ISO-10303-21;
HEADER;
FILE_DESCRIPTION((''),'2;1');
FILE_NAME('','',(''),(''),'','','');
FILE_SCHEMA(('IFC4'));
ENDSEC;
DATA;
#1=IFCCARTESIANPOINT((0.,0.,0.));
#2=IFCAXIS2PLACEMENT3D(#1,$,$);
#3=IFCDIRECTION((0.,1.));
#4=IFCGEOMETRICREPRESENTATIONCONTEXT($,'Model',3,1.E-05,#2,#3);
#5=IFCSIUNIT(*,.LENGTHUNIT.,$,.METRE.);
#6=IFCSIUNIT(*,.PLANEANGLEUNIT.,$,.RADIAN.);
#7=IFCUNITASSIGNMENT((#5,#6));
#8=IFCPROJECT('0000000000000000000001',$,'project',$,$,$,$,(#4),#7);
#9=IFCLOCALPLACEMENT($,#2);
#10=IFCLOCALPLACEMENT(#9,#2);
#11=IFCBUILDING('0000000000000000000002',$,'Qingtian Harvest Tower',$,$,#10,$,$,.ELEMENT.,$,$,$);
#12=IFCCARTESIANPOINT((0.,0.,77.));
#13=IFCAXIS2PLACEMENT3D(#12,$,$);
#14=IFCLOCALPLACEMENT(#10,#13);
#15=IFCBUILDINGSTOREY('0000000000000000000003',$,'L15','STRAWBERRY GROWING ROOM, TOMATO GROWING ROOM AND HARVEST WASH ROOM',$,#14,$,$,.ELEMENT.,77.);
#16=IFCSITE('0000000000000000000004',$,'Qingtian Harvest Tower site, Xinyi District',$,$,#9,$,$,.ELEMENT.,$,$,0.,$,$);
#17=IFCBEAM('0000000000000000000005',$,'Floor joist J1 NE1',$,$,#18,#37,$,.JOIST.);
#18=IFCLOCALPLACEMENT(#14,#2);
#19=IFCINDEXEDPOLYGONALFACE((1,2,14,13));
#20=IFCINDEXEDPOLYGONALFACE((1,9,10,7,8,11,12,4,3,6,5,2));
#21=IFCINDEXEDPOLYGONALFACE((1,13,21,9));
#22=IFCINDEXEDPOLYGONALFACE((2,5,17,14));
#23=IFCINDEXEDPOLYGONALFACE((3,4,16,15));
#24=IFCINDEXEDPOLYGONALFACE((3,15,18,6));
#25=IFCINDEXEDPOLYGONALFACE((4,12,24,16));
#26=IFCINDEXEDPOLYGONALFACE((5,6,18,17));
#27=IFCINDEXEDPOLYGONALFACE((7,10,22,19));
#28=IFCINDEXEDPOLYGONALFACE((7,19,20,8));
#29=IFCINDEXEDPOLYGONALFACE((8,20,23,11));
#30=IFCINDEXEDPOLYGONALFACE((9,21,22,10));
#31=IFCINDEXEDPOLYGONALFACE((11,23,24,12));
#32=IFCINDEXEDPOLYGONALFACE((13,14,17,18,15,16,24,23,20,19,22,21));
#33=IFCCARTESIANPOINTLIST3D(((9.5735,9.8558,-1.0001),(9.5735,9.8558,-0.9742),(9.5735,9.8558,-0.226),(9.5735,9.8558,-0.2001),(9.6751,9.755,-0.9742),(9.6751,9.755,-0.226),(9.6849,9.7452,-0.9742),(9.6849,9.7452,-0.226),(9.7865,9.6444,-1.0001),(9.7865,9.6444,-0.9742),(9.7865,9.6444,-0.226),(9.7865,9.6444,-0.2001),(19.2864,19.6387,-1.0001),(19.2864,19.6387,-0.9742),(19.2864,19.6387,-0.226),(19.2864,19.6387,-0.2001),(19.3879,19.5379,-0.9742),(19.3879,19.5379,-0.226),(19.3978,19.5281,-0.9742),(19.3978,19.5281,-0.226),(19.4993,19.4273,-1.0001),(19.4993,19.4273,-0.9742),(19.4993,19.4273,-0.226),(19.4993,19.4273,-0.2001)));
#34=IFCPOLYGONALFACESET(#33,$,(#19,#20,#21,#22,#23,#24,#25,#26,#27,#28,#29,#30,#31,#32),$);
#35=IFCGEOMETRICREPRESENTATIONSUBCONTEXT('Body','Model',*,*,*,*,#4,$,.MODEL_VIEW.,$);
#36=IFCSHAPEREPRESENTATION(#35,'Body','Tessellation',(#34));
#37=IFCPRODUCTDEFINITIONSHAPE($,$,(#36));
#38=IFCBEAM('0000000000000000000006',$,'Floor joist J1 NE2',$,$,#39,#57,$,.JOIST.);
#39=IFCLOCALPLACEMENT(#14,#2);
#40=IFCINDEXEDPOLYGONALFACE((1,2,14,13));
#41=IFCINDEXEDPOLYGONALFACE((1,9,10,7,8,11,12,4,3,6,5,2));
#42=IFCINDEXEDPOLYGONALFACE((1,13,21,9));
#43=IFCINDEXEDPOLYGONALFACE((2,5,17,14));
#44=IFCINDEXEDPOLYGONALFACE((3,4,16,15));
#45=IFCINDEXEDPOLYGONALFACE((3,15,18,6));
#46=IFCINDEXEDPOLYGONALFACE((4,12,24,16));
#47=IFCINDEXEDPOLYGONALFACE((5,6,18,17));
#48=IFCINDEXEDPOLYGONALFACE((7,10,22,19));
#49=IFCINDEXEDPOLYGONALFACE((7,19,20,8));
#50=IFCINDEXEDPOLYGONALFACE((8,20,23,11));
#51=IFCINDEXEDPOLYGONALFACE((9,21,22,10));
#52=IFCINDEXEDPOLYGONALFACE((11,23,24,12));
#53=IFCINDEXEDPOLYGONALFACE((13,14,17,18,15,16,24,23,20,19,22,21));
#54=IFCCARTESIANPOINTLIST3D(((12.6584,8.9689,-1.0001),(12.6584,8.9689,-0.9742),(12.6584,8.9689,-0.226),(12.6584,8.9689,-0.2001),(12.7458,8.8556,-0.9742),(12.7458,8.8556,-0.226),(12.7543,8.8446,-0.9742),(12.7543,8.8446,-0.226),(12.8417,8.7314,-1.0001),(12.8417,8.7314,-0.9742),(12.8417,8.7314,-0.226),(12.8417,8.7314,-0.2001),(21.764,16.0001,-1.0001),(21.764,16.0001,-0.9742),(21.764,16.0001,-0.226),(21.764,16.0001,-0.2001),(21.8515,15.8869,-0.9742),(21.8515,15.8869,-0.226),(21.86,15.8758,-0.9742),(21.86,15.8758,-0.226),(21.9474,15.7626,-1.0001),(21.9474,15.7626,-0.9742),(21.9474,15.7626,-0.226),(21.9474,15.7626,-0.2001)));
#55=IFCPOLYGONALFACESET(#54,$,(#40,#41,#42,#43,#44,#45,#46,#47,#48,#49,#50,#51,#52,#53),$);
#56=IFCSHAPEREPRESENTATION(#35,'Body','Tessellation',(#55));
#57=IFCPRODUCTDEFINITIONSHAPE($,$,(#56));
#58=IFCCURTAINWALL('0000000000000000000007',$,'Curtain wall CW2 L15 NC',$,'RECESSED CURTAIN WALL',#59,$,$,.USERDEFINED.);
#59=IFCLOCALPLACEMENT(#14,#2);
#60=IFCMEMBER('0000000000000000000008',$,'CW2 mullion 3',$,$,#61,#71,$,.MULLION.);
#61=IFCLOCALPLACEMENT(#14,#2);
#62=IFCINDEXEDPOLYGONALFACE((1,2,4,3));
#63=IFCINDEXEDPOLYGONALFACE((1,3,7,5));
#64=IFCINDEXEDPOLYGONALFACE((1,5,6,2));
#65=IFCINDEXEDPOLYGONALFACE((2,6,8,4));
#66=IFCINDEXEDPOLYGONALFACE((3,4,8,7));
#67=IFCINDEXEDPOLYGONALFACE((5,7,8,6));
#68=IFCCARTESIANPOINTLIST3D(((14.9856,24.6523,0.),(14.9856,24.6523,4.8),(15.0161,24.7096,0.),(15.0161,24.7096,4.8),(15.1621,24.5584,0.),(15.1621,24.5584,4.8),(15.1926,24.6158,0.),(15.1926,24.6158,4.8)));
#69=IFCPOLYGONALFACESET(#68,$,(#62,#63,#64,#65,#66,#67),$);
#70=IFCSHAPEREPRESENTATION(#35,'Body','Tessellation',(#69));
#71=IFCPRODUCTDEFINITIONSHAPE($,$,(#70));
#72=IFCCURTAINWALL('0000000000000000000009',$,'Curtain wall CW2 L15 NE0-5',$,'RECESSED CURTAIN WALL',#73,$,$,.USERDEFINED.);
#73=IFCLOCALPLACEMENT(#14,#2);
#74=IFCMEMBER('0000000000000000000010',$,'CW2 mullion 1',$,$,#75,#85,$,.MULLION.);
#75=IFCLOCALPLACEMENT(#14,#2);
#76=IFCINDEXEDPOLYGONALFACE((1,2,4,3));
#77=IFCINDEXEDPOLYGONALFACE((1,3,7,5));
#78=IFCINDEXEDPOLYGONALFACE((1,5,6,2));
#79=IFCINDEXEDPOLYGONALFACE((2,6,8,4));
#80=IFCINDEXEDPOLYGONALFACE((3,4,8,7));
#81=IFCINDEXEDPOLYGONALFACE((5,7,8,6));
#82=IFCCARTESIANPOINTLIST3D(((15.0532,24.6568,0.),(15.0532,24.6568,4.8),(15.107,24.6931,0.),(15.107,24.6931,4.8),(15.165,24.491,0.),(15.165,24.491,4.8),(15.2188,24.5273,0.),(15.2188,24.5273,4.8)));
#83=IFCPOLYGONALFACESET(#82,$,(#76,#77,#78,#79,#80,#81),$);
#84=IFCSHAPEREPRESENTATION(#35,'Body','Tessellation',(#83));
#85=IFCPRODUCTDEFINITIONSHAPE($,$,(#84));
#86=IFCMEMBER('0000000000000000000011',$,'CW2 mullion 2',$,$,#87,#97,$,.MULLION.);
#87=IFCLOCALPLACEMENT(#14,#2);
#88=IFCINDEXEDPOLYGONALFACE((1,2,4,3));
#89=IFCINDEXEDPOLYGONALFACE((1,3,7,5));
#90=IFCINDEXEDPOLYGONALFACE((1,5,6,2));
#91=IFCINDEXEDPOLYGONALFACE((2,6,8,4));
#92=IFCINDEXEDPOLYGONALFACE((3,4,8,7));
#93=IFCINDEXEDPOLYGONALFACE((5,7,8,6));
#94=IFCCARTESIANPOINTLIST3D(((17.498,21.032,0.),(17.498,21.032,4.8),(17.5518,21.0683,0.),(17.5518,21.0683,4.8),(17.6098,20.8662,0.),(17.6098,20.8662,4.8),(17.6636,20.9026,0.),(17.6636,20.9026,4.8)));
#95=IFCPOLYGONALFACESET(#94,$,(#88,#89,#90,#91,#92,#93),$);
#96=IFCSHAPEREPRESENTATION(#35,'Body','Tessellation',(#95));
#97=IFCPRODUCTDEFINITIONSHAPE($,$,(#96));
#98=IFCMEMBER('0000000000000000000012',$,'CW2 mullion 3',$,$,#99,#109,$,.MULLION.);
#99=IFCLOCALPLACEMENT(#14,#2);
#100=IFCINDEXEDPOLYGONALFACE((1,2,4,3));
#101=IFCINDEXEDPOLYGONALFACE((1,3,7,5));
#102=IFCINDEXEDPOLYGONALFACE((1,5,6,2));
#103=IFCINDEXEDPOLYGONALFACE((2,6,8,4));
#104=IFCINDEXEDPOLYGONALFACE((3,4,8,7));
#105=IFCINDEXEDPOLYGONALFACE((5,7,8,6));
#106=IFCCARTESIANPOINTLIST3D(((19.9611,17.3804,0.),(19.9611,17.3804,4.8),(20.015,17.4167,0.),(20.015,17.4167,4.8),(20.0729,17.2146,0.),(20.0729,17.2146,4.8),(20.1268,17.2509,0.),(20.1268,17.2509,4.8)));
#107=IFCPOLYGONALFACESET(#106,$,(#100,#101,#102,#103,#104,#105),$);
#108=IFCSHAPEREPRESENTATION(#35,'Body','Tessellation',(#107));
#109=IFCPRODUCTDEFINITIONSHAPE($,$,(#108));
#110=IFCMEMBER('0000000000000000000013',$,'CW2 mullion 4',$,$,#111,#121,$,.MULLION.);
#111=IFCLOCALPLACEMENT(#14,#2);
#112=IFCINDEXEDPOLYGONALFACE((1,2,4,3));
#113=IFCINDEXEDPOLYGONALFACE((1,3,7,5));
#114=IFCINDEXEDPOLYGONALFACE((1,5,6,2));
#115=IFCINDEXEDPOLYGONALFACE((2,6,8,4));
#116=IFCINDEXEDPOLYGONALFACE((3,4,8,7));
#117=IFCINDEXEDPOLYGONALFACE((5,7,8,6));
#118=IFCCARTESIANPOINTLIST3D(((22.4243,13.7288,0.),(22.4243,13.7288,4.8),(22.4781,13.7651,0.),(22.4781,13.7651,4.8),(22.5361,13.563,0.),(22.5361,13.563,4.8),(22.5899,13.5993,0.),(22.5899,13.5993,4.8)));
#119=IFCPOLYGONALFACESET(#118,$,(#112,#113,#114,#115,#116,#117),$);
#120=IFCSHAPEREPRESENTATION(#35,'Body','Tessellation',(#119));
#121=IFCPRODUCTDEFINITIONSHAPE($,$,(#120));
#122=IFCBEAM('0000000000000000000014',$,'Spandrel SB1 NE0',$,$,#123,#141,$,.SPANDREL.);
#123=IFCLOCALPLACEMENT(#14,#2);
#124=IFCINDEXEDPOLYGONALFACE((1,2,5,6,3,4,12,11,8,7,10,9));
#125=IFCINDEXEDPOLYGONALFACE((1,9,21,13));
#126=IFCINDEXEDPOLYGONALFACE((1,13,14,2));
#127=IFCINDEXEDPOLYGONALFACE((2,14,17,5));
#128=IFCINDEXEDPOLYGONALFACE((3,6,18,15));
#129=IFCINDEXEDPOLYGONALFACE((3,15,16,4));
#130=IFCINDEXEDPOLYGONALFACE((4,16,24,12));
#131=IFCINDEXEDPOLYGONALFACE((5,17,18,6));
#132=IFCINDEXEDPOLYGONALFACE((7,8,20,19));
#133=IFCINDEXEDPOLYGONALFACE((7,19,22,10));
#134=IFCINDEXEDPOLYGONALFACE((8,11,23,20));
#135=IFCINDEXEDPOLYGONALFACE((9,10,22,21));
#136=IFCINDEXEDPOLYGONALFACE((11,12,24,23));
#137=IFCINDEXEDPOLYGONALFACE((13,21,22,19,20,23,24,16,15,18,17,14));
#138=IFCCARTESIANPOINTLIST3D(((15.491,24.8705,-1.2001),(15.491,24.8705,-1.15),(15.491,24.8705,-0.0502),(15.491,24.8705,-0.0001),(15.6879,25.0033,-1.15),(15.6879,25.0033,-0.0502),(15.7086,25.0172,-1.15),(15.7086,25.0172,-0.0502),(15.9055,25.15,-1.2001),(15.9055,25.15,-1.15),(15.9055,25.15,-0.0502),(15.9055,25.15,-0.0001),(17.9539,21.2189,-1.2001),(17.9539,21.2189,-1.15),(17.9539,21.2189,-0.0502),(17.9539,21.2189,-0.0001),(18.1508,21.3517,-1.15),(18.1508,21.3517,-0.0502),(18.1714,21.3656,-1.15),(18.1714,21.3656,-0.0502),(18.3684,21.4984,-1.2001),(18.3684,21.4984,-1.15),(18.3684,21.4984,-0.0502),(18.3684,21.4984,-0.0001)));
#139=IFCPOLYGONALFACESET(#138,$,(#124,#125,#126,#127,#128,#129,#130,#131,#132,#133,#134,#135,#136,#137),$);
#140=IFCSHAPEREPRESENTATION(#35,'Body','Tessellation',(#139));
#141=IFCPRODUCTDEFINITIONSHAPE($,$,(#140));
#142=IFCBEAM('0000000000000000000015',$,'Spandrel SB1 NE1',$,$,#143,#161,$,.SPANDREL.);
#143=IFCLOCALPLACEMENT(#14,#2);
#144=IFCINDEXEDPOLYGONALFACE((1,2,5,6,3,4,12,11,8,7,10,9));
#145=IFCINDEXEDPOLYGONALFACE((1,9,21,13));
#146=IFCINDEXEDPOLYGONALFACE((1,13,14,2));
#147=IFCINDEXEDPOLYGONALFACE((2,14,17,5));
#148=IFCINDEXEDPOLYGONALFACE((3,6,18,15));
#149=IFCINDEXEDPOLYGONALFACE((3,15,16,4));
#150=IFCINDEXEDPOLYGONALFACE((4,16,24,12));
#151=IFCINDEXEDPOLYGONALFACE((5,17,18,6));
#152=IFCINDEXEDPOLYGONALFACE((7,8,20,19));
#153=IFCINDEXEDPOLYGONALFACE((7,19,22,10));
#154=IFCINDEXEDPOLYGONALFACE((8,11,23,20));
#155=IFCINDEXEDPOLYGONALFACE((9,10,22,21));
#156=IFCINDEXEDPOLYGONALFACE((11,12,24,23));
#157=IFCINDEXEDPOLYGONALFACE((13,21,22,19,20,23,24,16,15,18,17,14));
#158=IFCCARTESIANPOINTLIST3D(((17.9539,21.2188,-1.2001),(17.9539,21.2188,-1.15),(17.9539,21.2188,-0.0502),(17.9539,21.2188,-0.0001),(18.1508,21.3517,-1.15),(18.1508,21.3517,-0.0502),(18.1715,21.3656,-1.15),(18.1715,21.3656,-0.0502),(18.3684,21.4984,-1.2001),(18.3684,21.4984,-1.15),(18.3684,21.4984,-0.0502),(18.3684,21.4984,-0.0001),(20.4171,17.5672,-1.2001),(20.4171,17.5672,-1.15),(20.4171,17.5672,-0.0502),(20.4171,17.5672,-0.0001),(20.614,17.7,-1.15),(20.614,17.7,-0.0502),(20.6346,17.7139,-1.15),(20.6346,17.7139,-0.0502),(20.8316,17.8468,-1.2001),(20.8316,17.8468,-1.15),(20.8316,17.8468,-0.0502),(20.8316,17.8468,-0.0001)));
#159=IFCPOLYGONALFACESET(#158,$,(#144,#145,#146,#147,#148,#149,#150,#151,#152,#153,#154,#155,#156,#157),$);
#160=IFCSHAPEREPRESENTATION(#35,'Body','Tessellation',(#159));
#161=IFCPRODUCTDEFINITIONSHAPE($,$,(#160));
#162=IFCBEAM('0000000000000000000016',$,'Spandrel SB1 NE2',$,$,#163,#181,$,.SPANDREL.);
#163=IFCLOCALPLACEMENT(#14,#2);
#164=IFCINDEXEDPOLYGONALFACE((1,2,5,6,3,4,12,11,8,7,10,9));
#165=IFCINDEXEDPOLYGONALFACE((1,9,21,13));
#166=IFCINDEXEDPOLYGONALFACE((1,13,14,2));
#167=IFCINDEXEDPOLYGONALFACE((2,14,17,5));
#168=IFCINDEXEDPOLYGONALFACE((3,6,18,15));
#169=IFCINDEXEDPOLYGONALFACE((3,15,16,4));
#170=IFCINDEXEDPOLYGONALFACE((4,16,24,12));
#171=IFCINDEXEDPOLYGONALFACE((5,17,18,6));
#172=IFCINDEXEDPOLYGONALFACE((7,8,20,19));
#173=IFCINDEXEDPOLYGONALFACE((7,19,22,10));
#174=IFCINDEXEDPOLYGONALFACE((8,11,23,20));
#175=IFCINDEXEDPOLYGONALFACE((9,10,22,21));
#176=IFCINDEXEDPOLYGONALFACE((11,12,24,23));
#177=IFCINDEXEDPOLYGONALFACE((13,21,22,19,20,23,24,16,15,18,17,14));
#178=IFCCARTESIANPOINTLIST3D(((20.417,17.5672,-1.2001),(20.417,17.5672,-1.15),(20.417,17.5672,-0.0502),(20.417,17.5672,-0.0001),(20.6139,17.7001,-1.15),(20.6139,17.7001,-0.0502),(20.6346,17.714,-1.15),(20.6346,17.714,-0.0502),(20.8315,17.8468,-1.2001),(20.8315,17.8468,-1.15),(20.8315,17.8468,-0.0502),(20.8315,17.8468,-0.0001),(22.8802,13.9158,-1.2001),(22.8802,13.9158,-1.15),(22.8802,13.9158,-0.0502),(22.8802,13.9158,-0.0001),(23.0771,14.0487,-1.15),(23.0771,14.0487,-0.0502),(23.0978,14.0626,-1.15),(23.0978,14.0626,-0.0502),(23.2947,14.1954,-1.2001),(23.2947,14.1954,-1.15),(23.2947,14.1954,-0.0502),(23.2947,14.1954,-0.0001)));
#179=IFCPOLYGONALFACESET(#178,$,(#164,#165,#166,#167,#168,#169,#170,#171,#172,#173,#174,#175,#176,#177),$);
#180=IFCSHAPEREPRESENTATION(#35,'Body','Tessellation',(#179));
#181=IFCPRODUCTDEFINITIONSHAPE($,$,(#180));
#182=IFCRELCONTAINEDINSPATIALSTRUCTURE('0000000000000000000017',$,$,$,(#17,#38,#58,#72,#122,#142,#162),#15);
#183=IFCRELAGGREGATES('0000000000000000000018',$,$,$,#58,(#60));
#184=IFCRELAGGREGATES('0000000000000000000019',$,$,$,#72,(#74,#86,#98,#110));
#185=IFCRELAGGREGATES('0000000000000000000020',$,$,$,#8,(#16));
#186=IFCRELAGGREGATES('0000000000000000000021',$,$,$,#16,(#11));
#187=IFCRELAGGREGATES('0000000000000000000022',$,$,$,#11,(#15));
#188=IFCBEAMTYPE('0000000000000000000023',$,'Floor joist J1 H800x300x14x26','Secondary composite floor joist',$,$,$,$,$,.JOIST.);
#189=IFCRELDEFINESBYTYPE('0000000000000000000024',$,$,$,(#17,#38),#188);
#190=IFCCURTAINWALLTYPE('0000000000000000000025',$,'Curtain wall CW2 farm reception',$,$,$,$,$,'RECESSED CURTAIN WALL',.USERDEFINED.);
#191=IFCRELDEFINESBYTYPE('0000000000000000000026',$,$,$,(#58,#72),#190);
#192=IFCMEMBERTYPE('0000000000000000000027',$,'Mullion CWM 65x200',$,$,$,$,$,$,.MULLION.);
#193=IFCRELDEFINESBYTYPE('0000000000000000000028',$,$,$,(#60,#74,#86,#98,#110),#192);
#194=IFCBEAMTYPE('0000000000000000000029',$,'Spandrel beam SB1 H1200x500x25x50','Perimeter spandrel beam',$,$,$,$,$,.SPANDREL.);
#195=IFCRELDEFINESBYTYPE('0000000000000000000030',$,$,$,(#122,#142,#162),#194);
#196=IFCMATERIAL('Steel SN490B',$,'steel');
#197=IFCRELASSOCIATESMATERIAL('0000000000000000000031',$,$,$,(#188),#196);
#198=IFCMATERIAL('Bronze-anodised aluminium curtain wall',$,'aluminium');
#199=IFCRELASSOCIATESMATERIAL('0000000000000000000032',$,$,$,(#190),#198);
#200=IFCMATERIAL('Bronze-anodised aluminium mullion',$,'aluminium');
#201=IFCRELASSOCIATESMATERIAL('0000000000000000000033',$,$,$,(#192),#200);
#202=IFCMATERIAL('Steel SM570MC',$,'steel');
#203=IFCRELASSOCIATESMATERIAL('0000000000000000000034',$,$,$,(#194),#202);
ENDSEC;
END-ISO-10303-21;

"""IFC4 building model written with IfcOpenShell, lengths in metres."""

from ifc_helpers import new_model, si_unit, direction, frame, origin, origin_2d, place, context, subcontext, project, spatial, rectangle, i_section, extrude, material, material_profile, profile_set, type_object, element, aggregate, save


model = new_model("IFC4")

# Units and contexts
model_context = context("Model", 3, precision=1e-05, world=origin(), true_north=direction((0.0, 1.0)))
body_context = subcontext(model_context, "Body", "Model", "MODEL_VIEW")
ifc_project = project(units=[si_unit("LENGTHUNIT", "METRE"), si_unit("PLANEANGLEUNIT", "RADIAN")], contexts=[model_context])

# Site, building, storey
site_placement = place(None, origin())
site = spatial("IfcSite", under=ifc_project, at=site_placement, Name="Qingtian Harvest Tower site, Xinyi District", CompositionType="ELEMENT", RefElevation=0.0)
building_placement = place(site_placement, origin())
building = spatial("IfcBuilding", under=site, at=building_placement, Name="Qingtian Harvest Tower", CompositionType="ELEMENT")
storey_placement = place(building_placement, frame((0.0, 0.0, 77.0)))
storey = spatial("IfcBuildingStorey", under=building, at=storey_placement, Name="L15", Description="STRAWBERRY GROWING ROOM, TOMATO GROWING ROOM AND HARVEST WASH ROOM", CompositionType="ELEMENT", Elevation=77.0)

# Beams
ifc_material_1 = material(Name="Steel SN490B", Category="steel")
ifc_material_profile_1 = material_profile(ifc_material_1, i_section(OverallWidth=0.3, OverallDepth=0.8, WebThickness=0.0139, FlangeThickness=0.0259, at=origin_2d()), Name="H800x300x14x26")
ifc_profile_set_1 = profile_set([ifc_material_profile_1], Name="Steel SN490B")
beam_type_1 = type_object("IfcBeamType", Name="Floor joist J1 H800x300x14x26", Description="Secondary composite floor joist", PredefinedType="JOIST", material=ifc_profile_set_1)
beam_1_placement = place(storey_placement, frame((19.3928, 19.533, -0.6001), z_axis=(-0.704561, -0.709644, 0.0), x_axis=(0.709644, -0.704561, 0.0)))
element("IfcBeam", 1, at=beam_1_placement, inside=storey, type_object=beam_type_1, Name="Floor joist J1 NE1", PredefinedType="JOIST", context=body_context, shape_type="SweptSolid", body=[
    extrude(i_section(OverallWidth=0.3, OverallDepth=0.8, WebThickness=0.0139, FlangeThickness=0.0259, at=origin_2d()), origin(), (0.0, 0.0, 1.0), 13.7856),
])
beam_2_placement = place(storey_placement, frame((21.8557, 15.8813, -0.6001), z_axis=(-0.791495, -0.611176, 0.0), x_axis=(0.611176, -0.791495, 0.0)))
element("IfcBeam", 2, at=beam_2_placement, inside=storey, type_object=beam_type_1, Name="Floor joist J1 NE2", PredefinedType="JOIST", context=body_context, shape_type="SweptSolid", body=[
    extrude(i_section(OverallWidth=0.3, OverallDepth=0.8, WebThickness=0.0139, FlangeThickness=0.0259, at=origin_2d()), origin(), (0.0, 0.0, 1.0), 11.5044),
])

# Curtain wall, member
ifc_material_2 = material(Name="Bronze-anodised aluminium curtain wall", Category="aluminium")
curtain_wall_type = type_object("IfcCurtainWallType", Name="Curtain wall CW2 farm reception", ElementType="RECESSED CURTAIN WALL", PredefinedType="USERDEFINED", material=ifc_material_2)
curtain_wall_1_placement = place(storey_placement, origin())
curtain_wall_1 = element("IfcCurtainWall", 3, at=curtain_wall_1_placement, inside=storey, type_object=curtain_wall_type, Name="Curtain wall CW2 L15 NC", ObjectType="RECESSED CURTAIN WALL", PredefinedType="USERDEFINED")
ifc_material_3 = material(Name="Bronze-anodised aluminium mullion", Category="aluminium")
ifc_material_profile_2 = material_profile(ifc_material_3, rectangle(XDim=0.0649, YDim=0.2, at=origin_2d()), Name="AL 65x200")
ifc_profile_set_2 = profile_set([ifc_material_profile_2], Name="Bronze-anodised aluminium mullion")
member_type_1 = type_object("IfcMemberType", Name="Mullion CWM 65x200", PredefinedType="MULLION", material=ifc_profile_set_2)
member_1_placement = place(storey_placement, frame((15.0891, 24.634, 0.0), z_axis=(0.0, 0.0, 1.0), x_axis=(0.469472, 0.882948, 0.0)))
member_1 = element("IfcMember", 4, at=member_1_placement, type_object=member_type_1, Name="CW2 mullion 3", PredefinedType="MULLION", context=body_context, shape_type="SweptSolid", body=[
    extrude(rectangle(XDim=0.0649, YDim=0.2, at=origin_2d()), origin(), (0.0, 0.0, 1.0), 4.8),
])

# Curtain wall, members
curtain_wall_2_placement = place(storey_placement, origin())
curtain_wall_2 = element("IfcCurtainWall", 5, at=curtain_wall_2_placement, inside=storey, type_object=curtain_wall_type, Name="Curtain wall CW2 L15 NE0-5", ObjectType="RECESSED CURTAIN WALL", PredefinedType="USERDEFINED")
member_2_placement = place(storey_placement, frame((15.136, 24.592, 0.0), z_axis=(0.0, 0.0, 1.0), x_axis=(0.829038, 0.559193, 0.0)))
member_2 = element("IfcMember", 6, at=member_2_placement, type_object=member_type_1, Name="CW2 mullion 1", PredefinedType="MULLION", context=body_context, shape_type="SweptSolid", body=[
    extrude(rectangle(XDim=0.0649, YDim=0.2, at=origin_2d()), origin(), (0.0, 0.0, 1.0), 4.8),
])
member_3_placement = place(storey_placement, frame((17.5808, 20.9673, 0.0), z_axis=(0.0, 0.0, 1.0), x_axis=(0.829038, 0.559193, 0.0)))
member_3 = element("IfcMember", 7, at=member_3_placement, type_object=member_type_1, Name="CW2 mullion 2", PredefinedType="MULLION", context=body_context, shape_type="SweptSolid", body=[
    extrude(rectangle(XDim=0.0649, YDim=0.2, at=origin_2d()), origin(), (0.0, 0.0, 1.0), 4.8),
])
member_4_placement = place(storey_placement, frame((20.0439, 17.3157, 0.0), z_axis=(0.0, 0.0, 1.0), x_axis=(0.829038, 0.559193, 0.0)))
member_4 = element("IfcMember", 8, at=member_4_placement, type_object=member_type_1, Name="CW2 mullion 3", PredefinedType="MULLION", context=body_context, shape_type="SweptSolid", body=[
    extrude(rectangle(XDim=0.0649, YDim=0.2, at=origin_2d()), origin(), (0.0, 0.0, 1.0), 4.8),
])
member_5_placement = place(storey_placement, frame((22.5071, 13.6641, 0.0), z_axis=(0.0, 0.0, 1.0), x_axis=(0.829038, 0.559193, 0.0)))
member_5 = element("IfcMember", 9, at=member_5_placement, type_object=member_type_1, Name="CW2 mullion 4", PredefinedType="MULLION", context=body_context, shape_type="SweptSolid", body=[
    extrude(rectangle(XDim=0.0649, YDim=0.2, at=origin_2d()), origin(), (0.0, 0.0, 1.0), 4.8),
])

# Beams
ifc_material_4 = material(Name="Steel SM570MC", Category="steel")
ifc_material_profile_3 = material_profile(ifc_material_4, i_section(OverallWidth=0.5, OverallDepth=1.2, WebThickness=0.0249, FlangeThickness=0.05, at=origin_2d()), Name="H1200x500x25x50")
ifc_profile_set_3 = profile_set([ifc_material_profile_3], Name="Steel SM570MC")
beam_type_2 = type_object("IfcBeamType", Name="Spandrel beam SB1 H1200x500x25x50", Description="Perimeter spandrel beam", PredefinedType="SPANDREL", material=ifc_profile_set_3)
beam_3_placement = place(storey_placement, frame((15.6982, 25.0103, -0.6001), z_axis=(0.559169, -0.829054, 0.0), x_axis=(0.829054, 0.559169, 0.0)))
element("IfcBeam", 10, at=beam_3_placement, inside=storey, type_object=beam_type_2, Name="Spandrel SB1 NE0", PredefinedType="SPANDREL", context=body_context, shape_type="SweptSolid", body=[
    extrude(i_section(OverallWidth=0.5, OverallDepth=1.2, WebThickness=0.0249, FlangeThickness=0.05, at=origin_2d()), origin(), (0.0, 0.0, 1.0), 4.4045),
])
beam_4_placement = place(storey_placement, frame((18.1611, 21.3586, -0.6001), z_axis=(0.559207, -0.829028, 0.0), x_axis=(0.829028, 0.559207, 0.0)))
element("IfcBeam", 11, at=beam_4_placement, inside=storey, type_object=beam_type_2, Name="Spandrel SB1 NE1", PredefinedType="SPANDREL", context=body_context, shape_type="SweptSolid", body=[
    extrude(i_section(OverallWidth=0.5, OverallDepth=1.2, WebThickness=0.0249, FlangeThickness=0.05, at=origin_2d()), origin(), (0.0, 0.0, 1.0), 4.4048),
])
for number, where, z_axis, x_axis, name in (
    (12, (20.6243, 17.707, -0.6001), (0.559233, -0.829011, 0.0), (0.829011, 0.559233, 0.0), "Spandrel SB1 NE2"),
):
    element("IfcBeam", number, at=place(storey_placement, frame(where, z_axis=z_axis, x_axis=x_axis)), inside=storey, type_object=beam_type_2, Name=name, PredefinedType="SPANDREL", context=body_context, shape_type="SweptSolid", body=[
        extrude(i_section(OverallWidth=0.5, OverallDepth=1.2, WebThickness=0.0249, FlangeThickness=0.05, at=origin_2d()), origin(), (0.0, 0.0, 1.0), 4.4045),
    ])

aggregate(curtain_wall_1, [member_1])
aggregate(curtain_wall_2, [member_2, member_3, member_4, member_5])

save(model, "model.ifc")
